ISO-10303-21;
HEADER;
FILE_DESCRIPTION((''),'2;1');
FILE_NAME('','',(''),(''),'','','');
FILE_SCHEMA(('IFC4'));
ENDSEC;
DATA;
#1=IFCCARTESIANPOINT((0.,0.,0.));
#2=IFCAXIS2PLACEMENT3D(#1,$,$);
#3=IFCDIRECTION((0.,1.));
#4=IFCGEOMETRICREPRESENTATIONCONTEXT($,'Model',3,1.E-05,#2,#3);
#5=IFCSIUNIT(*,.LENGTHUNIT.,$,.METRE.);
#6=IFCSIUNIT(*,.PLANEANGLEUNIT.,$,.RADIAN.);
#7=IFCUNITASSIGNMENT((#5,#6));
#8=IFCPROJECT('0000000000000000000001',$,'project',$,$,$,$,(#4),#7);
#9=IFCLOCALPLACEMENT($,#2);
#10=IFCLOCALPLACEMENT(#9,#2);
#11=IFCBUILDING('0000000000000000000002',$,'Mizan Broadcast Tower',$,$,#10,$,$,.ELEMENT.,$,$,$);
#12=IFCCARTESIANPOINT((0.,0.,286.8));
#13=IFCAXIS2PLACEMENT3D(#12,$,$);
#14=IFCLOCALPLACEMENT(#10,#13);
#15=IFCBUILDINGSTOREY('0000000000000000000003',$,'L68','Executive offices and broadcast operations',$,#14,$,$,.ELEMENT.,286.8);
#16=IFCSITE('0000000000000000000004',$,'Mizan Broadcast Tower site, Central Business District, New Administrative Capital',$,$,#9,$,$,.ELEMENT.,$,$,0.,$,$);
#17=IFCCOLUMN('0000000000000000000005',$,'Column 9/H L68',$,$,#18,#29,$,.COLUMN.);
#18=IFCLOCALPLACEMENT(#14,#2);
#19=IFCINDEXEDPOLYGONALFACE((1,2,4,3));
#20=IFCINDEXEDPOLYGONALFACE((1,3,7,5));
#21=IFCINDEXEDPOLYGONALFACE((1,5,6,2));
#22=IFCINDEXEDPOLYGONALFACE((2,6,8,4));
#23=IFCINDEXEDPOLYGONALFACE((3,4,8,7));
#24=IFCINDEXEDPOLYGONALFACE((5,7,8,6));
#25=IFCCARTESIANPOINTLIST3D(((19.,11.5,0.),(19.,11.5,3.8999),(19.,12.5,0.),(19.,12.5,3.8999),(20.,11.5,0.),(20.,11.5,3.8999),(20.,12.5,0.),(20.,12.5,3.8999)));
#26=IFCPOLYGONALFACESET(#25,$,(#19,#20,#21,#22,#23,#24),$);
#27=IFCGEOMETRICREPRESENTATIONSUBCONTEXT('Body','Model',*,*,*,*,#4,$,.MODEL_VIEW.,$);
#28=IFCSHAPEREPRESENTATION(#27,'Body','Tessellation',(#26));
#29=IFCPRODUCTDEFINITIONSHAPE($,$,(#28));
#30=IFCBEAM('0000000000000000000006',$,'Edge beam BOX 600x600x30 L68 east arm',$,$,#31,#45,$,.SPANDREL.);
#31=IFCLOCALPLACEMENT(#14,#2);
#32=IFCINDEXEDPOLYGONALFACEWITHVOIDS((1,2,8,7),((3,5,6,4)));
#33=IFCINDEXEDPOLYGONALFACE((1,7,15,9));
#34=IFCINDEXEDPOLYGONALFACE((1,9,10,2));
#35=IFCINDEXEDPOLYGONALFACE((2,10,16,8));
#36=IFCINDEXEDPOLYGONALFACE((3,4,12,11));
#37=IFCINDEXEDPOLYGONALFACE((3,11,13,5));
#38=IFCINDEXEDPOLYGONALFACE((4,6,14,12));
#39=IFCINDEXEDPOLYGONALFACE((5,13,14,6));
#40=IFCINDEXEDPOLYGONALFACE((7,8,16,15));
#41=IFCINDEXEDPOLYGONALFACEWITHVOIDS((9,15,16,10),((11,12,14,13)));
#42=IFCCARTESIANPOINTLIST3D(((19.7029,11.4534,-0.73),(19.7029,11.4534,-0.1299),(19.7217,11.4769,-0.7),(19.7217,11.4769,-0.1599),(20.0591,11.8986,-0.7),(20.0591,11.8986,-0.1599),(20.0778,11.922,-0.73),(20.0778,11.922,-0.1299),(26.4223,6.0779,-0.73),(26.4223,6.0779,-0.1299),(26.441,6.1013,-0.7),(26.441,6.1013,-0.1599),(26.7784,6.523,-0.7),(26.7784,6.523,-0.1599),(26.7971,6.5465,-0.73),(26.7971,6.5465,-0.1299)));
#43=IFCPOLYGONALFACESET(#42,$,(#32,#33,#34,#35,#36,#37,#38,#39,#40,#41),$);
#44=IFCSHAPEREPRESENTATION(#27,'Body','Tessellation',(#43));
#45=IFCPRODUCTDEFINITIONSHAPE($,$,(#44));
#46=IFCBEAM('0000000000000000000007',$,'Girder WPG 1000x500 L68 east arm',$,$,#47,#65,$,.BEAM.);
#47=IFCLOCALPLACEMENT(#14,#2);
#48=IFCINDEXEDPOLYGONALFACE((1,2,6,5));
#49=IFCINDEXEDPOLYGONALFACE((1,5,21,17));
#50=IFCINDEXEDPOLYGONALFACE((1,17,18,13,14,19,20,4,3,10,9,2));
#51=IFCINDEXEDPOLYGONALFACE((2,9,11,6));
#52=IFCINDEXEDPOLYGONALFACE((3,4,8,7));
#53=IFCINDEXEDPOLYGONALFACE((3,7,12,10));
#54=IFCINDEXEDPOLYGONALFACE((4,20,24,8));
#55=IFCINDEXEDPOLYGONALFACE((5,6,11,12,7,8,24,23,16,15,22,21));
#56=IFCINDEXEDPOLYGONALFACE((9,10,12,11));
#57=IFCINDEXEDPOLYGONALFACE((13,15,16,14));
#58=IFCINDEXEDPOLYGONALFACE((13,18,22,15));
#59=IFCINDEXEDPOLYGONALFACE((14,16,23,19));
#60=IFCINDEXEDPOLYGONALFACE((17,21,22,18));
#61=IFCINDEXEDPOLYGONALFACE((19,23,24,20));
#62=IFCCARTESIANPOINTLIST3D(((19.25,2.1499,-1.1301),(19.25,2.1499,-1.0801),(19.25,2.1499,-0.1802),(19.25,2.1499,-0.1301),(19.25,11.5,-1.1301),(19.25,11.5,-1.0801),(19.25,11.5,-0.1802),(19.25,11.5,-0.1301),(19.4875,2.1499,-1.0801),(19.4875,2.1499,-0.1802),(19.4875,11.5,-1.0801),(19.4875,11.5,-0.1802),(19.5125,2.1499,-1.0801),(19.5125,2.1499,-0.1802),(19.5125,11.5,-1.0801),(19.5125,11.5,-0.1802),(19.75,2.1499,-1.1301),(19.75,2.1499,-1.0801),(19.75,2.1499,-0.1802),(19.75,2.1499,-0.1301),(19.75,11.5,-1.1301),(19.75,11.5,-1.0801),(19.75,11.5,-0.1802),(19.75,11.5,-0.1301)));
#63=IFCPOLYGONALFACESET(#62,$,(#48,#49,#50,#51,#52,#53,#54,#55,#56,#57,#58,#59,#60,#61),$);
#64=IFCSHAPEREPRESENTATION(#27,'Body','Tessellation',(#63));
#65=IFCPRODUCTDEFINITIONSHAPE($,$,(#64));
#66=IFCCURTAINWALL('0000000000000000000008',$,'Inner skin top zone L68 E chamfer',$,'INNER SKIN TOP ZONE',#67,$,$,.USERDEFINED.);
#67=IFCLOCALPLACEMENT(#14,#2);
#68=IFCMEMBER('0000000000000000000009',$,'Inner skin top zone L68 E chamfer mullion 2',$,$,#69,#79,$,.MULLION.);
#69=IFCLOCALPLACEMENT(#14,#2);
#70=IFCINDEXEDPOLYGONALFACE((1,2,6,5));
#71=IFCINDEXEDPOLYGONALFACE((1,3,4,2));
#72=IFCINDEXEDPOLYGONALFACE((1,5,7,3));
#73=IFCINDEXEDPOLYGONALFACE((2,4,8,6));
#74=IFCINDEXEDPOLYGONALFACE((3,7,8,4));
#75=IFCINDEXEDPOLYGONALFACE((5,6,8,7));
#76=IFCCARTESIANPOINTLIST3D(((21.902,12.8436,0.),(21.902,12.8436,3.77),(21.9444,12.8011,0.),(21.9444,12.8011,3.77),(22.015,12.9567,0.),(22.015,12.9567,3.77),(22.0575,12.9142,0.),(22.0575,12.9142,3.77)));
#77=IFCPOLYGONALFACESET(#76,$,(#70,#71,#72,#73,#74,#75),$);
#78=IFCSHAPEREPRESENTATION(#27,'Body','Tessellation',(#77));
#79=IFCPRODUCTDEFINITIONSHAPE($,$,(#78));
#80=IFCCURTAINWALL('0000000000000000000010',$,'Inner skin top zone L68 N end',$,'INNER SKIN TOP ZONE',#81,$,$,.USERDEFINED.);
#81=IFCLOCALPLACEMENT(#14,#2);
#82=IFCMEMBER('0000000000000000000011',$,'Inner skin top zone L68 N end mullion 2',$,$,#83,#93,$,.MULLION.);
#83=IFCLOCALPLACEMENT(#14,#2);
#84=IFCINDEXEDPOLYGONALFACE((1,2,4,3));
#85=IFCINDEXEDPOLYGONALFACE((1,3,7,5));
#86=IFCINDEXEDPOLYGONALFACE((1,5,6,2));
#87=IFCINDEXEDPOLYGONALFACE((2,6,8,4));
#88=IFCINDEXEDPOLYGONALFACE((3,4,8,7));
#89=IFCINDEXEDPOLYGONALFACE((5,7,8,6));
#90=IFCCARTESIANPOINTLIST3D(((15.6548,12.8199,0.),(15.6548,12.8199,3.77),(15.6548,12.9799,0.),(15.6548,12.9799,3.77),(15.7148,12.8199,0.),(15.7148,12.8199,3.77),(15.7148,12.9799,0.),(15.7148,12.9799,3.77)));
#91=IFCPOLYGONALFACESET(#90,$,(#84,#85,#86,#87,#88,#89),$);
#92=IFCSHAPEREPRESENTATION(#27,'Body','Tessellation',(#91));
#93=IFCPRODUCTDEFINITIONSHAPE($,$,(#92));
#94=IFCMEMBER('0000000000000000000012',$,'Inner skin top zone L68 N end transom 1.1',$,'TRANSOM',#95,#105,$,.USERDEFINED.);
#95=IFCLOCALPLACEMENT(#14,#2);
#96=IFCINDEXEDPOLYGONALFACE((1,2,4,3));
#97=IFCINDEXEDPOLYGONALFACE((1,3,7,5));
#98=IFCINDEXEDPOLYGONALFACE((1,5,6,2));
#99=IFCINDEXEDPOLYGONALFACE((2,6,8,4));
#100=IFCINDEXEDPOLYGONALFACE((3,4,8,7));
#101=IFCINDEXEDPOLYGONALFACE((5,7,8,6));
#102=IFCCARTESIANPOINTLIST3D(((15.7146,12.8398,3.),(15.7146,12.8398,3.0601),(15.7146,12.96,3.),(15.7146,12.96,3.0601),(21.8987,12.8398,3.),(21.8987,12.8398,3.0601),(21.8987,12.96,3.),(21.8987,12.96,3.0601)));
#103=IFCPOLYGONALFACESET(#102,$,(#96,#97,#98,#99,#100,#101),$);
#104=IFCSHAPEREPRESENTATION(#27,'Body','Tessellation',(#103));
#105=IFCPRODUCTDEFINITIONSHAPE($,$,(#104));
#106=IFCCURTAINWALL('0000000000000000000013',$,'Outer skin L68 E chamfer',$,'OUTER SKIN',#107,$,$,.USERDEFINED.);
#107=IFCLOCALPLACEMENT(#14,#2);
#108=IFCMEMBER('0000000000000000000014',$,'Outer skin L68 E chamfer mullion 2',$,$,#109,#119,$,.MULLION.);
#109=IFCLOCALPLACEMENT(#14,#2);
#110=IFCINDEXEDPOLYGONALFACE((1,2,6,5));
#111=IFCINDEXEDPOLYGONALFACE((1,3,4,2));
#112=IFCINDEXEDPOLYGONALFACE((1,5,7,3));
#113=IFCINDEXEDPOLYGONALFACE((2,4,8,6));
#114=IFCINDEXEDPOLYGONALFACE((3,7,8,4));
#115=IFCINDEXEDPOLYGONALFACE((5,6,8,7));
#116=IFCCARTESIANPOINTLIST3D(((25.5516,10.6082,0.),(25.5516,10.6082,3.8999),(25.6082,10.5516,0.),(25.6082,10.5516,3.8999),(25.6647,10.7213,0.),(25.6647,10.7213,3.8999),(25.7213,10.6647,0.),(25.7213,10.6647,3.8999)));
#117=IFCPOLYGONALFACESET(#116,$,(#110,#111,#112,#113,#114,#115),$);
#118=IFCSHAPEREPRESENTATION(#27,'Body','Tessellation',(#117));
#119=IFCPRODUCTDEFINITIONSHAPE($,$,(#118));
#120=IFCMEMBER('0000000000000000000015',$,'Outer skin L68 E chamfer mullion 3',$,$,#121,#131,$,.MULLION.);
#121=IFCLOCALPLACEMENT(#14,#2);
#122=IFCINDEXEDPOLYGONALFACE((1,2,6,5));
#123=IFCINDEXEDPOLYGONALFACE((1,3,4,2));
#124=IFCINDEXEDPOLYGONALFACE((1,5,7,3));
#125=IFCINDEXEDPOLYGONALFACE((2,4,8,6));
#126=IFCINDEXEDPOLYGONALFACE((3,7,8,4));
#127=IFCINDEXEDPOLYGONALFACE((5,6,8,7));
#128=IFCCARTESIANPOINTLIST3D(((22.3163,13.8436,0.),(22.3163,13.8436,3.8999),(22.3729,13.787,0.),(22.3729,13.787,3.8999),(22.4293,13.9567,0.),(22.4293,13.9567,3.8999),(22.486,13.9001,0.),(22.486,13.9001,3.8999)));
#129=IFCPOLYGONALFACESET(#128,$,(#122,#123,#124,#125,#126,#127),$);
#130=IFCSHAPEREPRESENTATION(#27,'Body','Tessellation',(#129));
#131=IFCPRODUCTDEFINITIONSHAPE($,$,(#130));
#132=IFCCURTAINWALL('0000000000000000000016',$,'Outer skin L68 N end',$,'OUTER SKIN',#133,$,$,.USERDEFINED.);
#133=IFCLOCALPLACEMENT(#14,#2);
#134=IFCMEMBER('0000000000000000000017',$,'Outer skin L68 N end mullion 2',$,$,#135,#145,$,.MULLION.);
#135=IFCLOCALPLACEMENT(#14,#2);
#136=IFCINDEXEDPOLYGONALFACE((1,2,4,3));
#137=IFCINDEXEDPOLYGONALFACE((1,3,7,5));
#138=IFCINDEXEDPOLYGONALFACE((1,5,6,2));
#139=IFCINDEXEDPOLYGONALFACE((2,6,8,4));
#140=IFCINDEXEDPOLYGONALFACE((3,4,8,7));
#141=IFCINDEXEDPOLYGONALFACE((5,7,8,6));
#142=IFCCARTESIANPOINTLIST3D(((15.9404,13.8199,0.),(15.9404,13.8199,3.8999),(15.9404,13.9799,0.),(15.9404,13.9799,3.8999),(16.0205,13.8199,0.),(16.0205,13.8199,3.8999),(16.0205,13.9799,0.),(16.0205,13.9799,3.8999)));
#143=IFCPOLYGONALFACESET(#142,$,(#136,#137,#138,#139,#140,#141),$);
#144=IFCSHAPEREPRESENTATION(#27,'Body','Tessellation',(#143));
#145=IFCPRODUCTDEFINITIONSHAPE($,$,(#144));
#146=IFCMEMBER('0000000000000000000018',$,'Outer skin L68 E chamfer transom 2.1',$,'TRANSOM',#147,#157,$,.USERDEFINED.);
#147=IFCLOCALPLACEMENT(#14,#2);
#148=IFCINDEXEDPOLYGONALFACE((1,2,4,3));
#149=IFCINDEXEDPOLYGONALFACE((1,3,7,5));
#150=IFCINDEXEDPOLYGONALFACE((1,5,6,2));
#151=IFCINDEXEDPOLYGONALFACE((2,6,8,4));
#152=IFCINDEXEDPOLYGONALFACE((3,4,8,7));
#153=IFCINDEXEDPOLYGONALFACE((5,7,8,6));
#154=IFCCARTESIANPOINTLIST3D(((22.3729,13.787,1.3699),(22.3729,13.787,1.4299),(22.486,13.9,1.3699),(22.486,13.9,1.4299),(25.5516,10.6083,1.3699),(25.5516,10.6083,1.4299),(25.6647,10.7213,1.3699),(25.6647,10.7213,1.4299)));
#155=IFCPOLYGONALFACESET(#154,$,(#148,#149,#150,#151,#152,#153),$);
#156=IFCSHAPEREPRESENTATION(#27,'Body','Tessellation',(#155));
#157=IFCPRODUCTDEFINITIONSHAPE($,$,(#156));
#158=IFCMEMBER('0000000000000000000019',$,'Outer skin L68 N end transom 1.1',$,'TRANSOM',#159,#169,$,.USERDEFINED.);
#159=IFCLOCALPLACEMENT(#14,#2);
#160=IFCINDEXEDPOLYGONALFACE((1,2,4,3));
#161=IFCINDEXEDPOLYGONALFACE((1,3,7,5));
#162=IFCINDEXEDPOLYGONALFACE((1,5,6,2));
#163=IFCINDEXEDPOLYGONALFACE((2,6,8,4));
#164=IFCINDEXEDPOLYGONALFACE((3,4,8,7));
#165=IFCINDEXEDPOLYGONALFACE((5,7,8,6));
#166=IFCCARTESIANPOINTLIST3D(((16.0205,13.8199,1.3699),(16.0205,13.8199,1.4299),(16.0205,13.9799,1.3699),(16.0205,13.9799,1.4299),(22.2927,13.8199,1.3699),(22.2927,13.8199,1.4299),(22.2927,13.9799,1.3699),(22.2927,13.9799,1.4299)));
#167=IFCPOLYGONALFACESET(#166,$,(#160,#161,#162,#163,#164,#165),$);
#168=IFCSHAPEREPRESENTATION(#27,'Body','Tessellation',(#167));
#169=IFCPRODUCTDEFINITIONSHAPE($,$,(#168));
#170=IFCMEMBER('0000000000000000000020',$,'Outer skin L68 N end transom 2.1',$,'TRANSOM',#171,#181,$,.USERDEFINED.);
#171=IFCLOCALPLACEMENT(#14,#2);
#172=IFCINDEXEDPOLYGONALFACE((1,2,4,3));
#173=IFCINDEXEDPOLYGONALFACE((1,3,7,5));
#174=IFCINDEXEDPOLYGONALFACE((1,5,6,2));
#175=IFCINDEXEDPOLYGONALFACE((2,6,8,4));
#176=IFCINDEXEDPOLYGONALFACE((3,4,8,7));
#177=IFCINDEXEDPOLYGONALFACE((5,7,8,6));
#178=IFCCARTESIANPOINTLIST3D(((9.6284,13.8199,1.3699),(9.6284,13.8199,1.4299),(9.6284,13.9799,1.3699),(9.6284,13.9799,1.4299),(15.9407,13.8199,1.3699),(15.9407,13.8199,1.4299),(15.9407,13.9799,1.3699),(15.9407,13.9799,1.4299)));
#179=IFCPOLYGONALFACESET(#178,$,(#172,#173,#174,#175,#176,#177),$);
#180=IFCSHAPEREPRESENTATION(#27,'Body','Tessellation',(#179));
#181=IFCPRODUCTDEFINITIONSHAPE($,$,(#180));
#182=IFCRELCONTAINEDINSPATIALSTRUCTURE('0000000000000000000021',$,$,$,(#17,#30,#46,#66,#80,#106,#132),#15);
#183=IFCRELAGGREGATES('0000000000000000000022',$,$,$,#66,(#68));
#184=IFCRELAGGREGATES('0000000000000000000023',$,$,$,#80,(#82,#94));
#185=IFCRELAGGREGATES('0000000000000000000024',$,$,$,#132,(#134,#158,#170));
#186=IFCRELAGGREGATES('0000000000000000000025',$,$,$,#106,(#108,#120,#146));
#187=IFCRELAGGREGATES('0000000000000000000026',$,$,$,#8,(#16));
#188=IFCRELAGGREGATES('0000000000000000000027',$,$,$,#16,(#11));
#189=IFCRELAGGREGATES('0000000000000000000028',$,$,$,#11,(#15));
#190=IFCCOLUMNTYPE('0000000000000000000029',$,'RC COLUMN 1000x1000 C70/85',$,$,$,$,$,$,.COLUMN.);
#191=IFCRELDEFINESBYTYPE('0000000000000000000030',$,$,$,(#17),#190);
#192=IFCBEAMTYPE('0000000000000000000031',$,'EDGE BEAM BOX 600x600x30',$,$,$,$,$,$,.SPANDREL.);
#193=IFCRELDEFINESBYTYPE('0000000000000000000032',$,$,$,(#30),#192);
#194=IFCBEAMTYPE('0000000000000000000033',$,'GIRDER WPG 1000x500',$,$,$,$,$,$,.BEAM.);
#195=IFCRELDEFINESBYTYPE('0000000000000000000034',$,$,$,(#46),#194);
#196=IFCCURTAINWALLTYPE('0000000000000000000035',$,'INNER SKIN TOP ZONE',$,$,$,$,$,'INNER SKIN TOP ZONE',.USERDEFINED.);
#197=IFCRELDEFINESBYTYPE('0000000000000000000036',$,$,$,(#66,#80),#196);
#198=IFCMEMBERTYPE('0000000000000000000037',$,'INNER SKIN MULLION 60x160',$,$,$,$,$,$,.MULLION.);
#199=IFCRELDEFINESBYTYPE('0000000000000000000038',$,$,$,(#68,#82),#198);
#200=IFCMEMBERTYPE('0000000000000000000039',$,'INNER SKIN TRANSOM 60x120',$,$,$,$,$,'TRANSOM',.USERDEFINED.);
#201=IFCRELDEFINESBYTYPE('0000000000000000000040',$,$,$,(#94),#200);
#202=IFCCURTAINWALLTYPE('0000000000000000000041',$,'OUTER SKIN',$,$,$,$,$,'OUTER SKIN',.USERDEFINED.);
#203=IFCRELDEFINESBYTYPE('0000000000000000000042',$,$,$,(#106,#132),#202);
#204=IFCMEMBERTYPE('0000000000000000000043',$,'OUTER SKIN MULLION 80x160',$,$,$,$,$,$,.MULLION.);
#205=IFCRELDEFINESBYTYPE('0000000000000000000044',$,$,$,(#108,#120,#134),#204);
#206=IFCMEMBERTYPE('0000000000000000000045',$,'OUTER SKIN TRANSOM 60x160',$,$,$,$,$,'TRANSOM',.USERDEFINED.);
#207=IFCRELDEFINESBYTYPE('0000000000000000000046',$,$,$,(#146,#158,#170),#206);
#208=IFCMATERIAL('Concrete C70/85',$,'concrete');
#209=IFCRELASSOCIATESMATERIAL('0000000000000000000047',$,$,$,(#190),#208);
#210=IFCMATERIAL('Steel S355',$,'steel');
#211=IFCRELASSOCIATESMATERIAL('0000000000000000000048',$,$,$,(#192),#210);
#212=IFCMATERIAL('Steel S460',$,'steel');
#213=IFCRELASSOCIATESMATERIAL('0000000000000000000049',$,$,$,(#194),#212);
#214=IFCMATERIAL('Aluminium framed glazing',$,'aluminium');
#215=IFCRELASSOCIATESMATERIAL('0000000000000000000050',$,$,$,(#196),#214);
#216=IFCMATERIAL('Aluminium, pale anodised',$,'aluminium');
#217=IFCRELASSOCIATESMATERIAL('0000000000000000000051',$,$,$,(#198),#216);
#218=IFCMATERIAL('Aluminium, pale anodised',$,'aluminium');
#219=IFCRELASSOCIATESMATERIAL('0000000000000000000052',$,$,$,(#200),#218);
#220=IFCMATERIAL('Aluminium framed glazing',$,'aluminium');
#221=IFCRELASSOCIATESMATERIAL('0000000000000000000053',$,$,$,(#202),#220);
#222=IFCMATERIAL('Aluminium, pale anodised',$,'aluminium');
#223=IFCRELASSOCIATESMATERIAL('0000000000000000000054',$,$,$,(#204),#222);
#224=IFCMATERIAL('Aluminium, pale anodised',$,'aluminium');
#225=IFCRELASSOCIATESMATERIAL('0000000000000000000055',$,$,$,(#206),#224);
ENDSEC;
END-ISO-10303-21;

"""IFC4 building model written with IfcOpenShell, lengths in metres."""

from ifc_helpers import new_model, si_unit, direction, frame, origin, origin_2d, place, context, subcontext, project, spatial, rectangle, hollow_rectangle, i_section, extrude, material, material_profile, profile_set, type_object, element, aggregate, save


model = new_model("IFC4")

# Units and contexts
model_context = context("Model", 3, precision=1e-05, world=origin(), true_north=direction((0.0, 1.0)))
body_context = subcontext(model_context, "Body", "Model", "MODEL_VIEW")
ifc_project = project(units=[si_unit("LENGTHUNIT", "METRE"), si_unit("PLANEANGLEUNIT", "RADIAN")], contexts=[model_context])

# Site, building, storey
site_placement = place(None, origin())
site = spatial("IfcSite", under=ifc_project, at=site_placement, Name="Mizan Broadcast Tower site, Central Business District, New Administrative Capital", CompositionType="ELEMENT", RefElevation=0.0)
building_placement = place(site_placement, origin())
building = spatial("IfcBuilding", under=site, at=building_placement, Name="Mizan Broadcast Tower", CompositionType="ELEMENT")
storey_placement = place(building_placement, frame((0.0, 0.0, 286.8)))
storey = spatial("IfcBuildingStorey", under=building, at=storey_placement, Name="L68", Description="Executive offices and broadcast operations", CompositionType="ELEMENT", Elevation=286.8)

# Column
ifc_material_1 = material(Name="Concrete C70/85", Category="concrete")
ifc_material_profile_1 = material_profile(ifc_material_1, rectangle(XDim=1.0, YDim=1.0, at=origin_2d()), Name="RC 1000x1000")
ifc_profile_set_1 = profile_set([ifc_material_profile_1], Name="Concrete C70/85")
column_type = type_object("IfcColumnType", Name="RC COLUMN 1000x1000 C70/85", PredefinedType="COLUMN", material=ifc_profile_set_1)
column_placement = place(storey_placement, frame((19.5, 12.0, 0.0), z_axis=(0.0, 0.0, 1.0), x_axis=(1.0, 0.0, 0.0)))
element("IfcColumn", 1, at=column_placement, inside=storey, type_object=column_type, Name="Column 9/H L68", PredefinedType="COLUMN", context=body_context, shape_type="SweptSolid", body=[
    extrude(rectangle(XDim=1.0, YDim=1.0, at=origin_2d()), origin(), (0.0, 0.0, 1.0), 3.8999),
])

# Beams
ifc_material_2 = material(Name="Steel S355", Category="steel")
ifc_material_profile_2 = material_profile(ifc_material_2, hollow_rectangle(XDim=0.6001, YDim=0.6001, WallThickness=0.03, at=origin_2d()), Name="BOX 600x600x30")
ifc_profile_set_2 = profile_set([ifc_material_profile_2], Name="Steel S355")
beam_type_1 = type_object("IfcBeamType", Name="EDGE BEAM BOX 600x600x30", PredefinedType="SPANDREL", material=ifc_profile_set_2)
beam_1_placement = place(storey_placement, frame((19.8904, 11.6877, -0.4299), z_axis=(0.780863, -0.624702, 0.0), x_axis=(0.624702, 0.780863, 0.0)))
element("IfcBeam", 2, at=beam_1_placement, inside=storey, type_object=beam_type_1, Name="Edge beam BOX 600x600x30 L68 east arm", PredefinedType="SPANDREL", context=body_context, shape_type="SweptSolid", body=[
    extrude(hollow_rectangle(XDim=0.6001, YDim=0.6001, WallThickness=0.03, at=origin_2d()), origin(), (0.0, 0.0, 1.0), 8.605),
])
ifc_material_3 = material(Name="Steel S460", Category="steel")
ifc_material_profile_3 = material_profile(ifc_material_3, i_section(OverallWidth=0.5, OverallDepth=1.0, WebThickness=0.0249, FlangeThickness=0.05, at=origin_2d()), Name="WPG 1000x500")
ifc_profile_set_3 = profile_set([ifc_material_profile_3], Name="Steel S460")
beam_type_2 = type_object("IfcBeamType", Name="GIRDER WPG 1000x500", PredefinedType="BEAM", material=ifc_profile_set_3)
beam_2_placement = place(storey_placement, frame((19.5, 11.5, -0.6301), z_axis=(0.0, -1.0, 0.0), x_axis=(1.0, 0.0, 0.0)))
element("IfcBeam", 3, at=beam_2_placement, inside=storey, type_object=beam_type_2, Name="Girder WPG 1000x500 L68 east arm", PredefinedType="BEAM", context=body_context, shape_type="SweptSolid", body=[
    extrude(i_section(OverallWidth=0.5, OverallDepth=1.0, WebThickness=0.0249, FlangeThickness=0.05, at=origin_2d()), origin(), (0.0, 0.0, 1.0), 9.3501),
])

# Curtain wall, member
ifc_material_4 = material(Name="Aluminium framed glazing", Category="aluminium")
curtain_wall_type_1 = type_object("IfcCurtainWallType", Name="INNER SKIN TOP ZONE", ElementType="INNER SKIN TOP ZONE", PredefinedType="USERDEFINED", material=ifc_material_4)
curtain_wall_1_placement = place(storey_placement, origin())
curtain_wall_1 = element("IfcCurtainWall", 4, at=curtain_wall_1_placement, inside=storey, type_object=curtain_wall_type_1, Name="Inner skin top zone L68 E chamfer", ObjectType="INNER SKIN TOP ZONE", PredefinedType="USERDEFINED")
ifc_material_5 = material(Name="Aluminium, pale anodised", Category="aluminium")
ifc_material_profile_4 = material_profile(ifc_material_5, rectangle(XDim=0.1599, YDim=0.0601, at=origin_2d()), Name="MULLION 160x60")
ifc_profile_set_4 = profile_set([ifc_material_profile_4], Name="Aluminium, pale anodised")
member_type_1 = type_object("IfcMemberType", Name="INNER SKIN MULLION 60x160", PredefinedType="MULLION", material=ifc_profile_set_4)
member_1_placement = place(storey_placement, frame((21.9797, 12.8789, 0.0), z_axis=(0.0, 0.0, 1.0), x_axis=(-0.707107, -0.707107, 0.0)))
member_1 = element("IfcMember", 5, at=member_1_placement, type_object=member_type_1, Name="Inner skin top zone L68 E chamfer mullion 2", PredefinedType="MULLION", context=body_context, shape_type="SweptSolid", body=[
    extrude(rectangle(XDim=0.1599, YDim=0.0601, at=origin_2d()), origin(), (0.0, 0.0, 1.0), 3.77),
])

# Curtain walls, members
curtain_wall_2_placement = place(storey_placement, origin())
curtain_wall_2 = element("IfcCurtainWall", 6, at=curtain_wall_2_placement, inside=storey, type_object=curtain_wall_type_1, Name="Inner skin top zone L68 N end", ObjectType="INNER SKIN TOP ZONE", PredefinedType="USERDEFINED")
member_2_placement = place(storey_placement, frame((15.6848, 12.8999, 0.0), z_axis=(0.0, 0.0, 1.0), x_axis=(0.0, -1.0, 0.0)))
member_2 = element("IfcMember", 7, at=member_2_placement, type_object=member_type_1, Name="Inner skin top zone L68 N end mullion 2", PredefinedType="MULLION", context=body_context, shape_type="SweptSolid", body=[
    extrude(rectangle(XDim=0.1599, YDim=0.0601, at=origin_2d()), origin(), (0.0, 0.0, 1.0), 3.77),
])
ifc_material_6 = material(Name="Aluminium, pale anodised", Category="aluminium")
ifc_material_profile_5 = material_profile(ifc_material_6, rectangle(XDim=0.1201, YDim=0.0601, at=origin_2d()), Name="TRANSOM 120x60")
ifc_profile_set_5 = profile_set([ifc_material_profile_5], Name="Aluminium, pale anodised")
member_type_2 = type_object("IfcMemberType", Name="INNER SKIN TRANSOM 60x120", ElementType="TRANSOM", PredefinedType="USERDEFINED", material=ifc_profile_set_5)
member_3_placement = place(storey_placement, frame((21.8987, 12.8999, 3.03), z_axis=(-1.0, 0.0, 0.0), x_axis=(0.0, -1.0, 0.0)))
member_3 = element("IfcMember", 8, at=member_3_placement, type_object=member_type_2, Name="Inner skin top zone L68 N end transom 1.1", ObjectType="TRANSOM", PredefinedType="USERDEFINED", context=body_context, shape_type="SweptSolid", body=[
    extrude(rectangle(XDim=0.1201, YDim=0.0601, at=origin_2d()), origin(), (0.0, 0.0, 1.0), 6.1841),
])
ifc_material_7 = material(Name="Aluminium framed glazing", Category="aluminium")
curtain_wall_type_2 = type_object("IfcCurtainWallType", Name="OUTER SKIN", ElementType="OUTER SKIN", PredefinedType="USERDEFINED", material=ifc_material_7)
curtain_wall_3_placement = place(storey_placement, origin())
curtain_wall_3 = element("IfcCurtainWall", 9, at=curtain_wall_3_placement, inside=storey, type_object=curtain_wall_type_2, Name="Outer skin L68 E chamfer", ObjectType="OUTER SKIN", PredefinedType="USERDEFINED")
ifc_material_8 = material(Name="Aluminium, pale anodised", Category="aluminium")
ifc_material_profile_6 = material_profile(ifc_material_8, rectangle(XDim=0.1599, YDim=0.0801, at=origin_2d()), Name="MULLION 160x80")
ifc_profile_set_6 = profile_set([ifc_material_profile_6], Name="Aluminium, pale anodised")
member_type_3 = type_object("IfcMemberType", Name="OUTER SKIN MULLION 80x160", PredefinedType="MULLION", material=ifc_profile_set_6)
member_4_placement = place(storey_placement, frame((25.6365, 10.6365, 0.0), z_axis=(0.0, 0.0, 1.0), x_axis=(-0.707107, -0.707107, 0.0)))
member_4 = element("IfcMember", 10, at=member_4_placement, type_object=member_type_3, Name="Outer skin L68 E chamfer mullion 2", PredefinedType="MULLION", context=body_context, shape_type="SweptSolid", body=[
    extrude(rectangle(XDim=0.1599, YDim=0.0801, at=origin_2d()), origin(), (0.0, 0.0, 1.0), 3.8999),
])
member_5_placement = place(storey_placement, frame((22.4011, 13.8718, 0.0), z_axis=(0.0, 0.0, 1.0), x_axis=(-0.707107, -0.707107, 0.0)))
member_5 = element("IfcMember", 11, at=member_5_placement, type_object=member_type_3, Name="Outer skin L68 E chamfer mullion 3", PredefinedType="MULLION", context=body_context, shape_type="SweptSolid", body=[
    extrude(rectangle(XDim=0.1599, YDim=0.0801, at=origin_2d()), origin(), (0.0, 0.0, 1.0), 3.8999),
])

# Curtain wall, member
curtain_wall_4_placement = place(storey_placement, origin())
curtain_wall_4 = element("IfcCurtainWall", 12, at=curtain_wall_4_placement, inside=storey, type_object=curtain_wall_type_2, Name="Outer skin L68 N end", ObjectType="OUTER SKIN", PredefinedType="USERDEFINED")
member_6_placement = place(storey_placement, frame((15.9805, 13.8999, 0.0), z_axis=(0.0, 0.0, 1.0), x_axis=(0.0, -1.0, 0.0)))
member_6 = element("IfcMember", 13, at=member_6_placement, type_object=member_type_3, Name="Outer skin L68 N end mullion 2", PredefinedType="MULLION", context=body_context, shape_type="SweptSolid", body=[
    extrude(rectangle(XDim=0.1599, YDim=0.0801, at=origin_2d()), origin(), (0.0, 0.0, 1.0), 3.8999),
])

# Members
ifc_material_9 = material(Name="Aluminium, pale anodised", Category="aluminium")
ifc_material_profile_7 = material_profile(ifc_material_9, rectangle(XDim=0.1599, YDim=0.0601, at=origin_2d()), Name="TRANSOM 160x60")
ifc_profile_set_7 = profile_set([ifc_material_profile_7], Name="Aluminium, pale anodised")
member_type_4 = type_object("IfcMemberType", Name="OUTER SKIN TRANSOM 60x160", ElementType="TRANSOM", PredefinedType="USERDEFINED", material=ifc_profile_set_7)
member_7_placement = place(storey_placement, frame((25.6082, 10.6648, 1.3999), z_axis=(-0.707107, 0.707107, 0.0), x_axis=(-0.707107, -0.707107, 0.0)))
member_7 = element("IfcMember", 14, at=member_7_placement, type_object=member_type_4, Name="Outer skin L68 E chamfer transom 2.1", ObjectType="TRANSOM", PredefinedType="USERDEFINED", context=body_context, shape_type="SweptSolid", body=[
    extrude(rectangle(XDim=0.1599, YDim=0.0601, at=origin_2d()), origin(), (0.0, 0.0, 1.0), 4.4954),
])
member_8_placement = place(storey_placement, frame((22.2927, 13.8999, 1.3999), z_axis=(-1.0, 0.0, 0.0), x_axis=(0.0, -1.0, 0.0)))
member_8 = element("IfcMember", 15, at=member_8_placement, type_object=member_type_4, Name="Outer skin L68 N end transom 1.1", ObjectType="TRANSOM", PredefinedType="USERDEFINED", context=body_context, shape_type="SweptSolid", body=[
    extrude(rectangle(XDim=0.1599, YDim=0.0601, at=origin_2d()), origin(), (0.0, 0.0, 1.0), 6.2722),
])
member_9_placement = place(storey_placement, frame((15.9407, 13.8999, 1.3999), z_axis=(-1.0, 0.0, 0.0), x_axis=(0.0, -1.0, 0.0)))
member_9 = element("IfcMember", 16, at=member_9_placement, type_object=member_type_4, Name="Outer skin L68 N end transom 2.1", ObjectType="TRANSOM", PredefinedType="USERDEFINED", context=body_context, shape_type="SweptSolid", body=[
    extrude(rectangle(XDim=0.1599, YDim=0.0601, at=origin_2d()), origin(), (0.0, 0.0, 1.0), 6.3123),
])

aggregate(curtain_wall_1, [member_1])
aggregate(curtain_wall_2, [member_2, member_3])
aggregate(curtain_wall_4, [member_6, member_8, member_9])
aggregate(curtain_wall_3, [member_4, member_5, member_7])

save(model, "model.ifc")
